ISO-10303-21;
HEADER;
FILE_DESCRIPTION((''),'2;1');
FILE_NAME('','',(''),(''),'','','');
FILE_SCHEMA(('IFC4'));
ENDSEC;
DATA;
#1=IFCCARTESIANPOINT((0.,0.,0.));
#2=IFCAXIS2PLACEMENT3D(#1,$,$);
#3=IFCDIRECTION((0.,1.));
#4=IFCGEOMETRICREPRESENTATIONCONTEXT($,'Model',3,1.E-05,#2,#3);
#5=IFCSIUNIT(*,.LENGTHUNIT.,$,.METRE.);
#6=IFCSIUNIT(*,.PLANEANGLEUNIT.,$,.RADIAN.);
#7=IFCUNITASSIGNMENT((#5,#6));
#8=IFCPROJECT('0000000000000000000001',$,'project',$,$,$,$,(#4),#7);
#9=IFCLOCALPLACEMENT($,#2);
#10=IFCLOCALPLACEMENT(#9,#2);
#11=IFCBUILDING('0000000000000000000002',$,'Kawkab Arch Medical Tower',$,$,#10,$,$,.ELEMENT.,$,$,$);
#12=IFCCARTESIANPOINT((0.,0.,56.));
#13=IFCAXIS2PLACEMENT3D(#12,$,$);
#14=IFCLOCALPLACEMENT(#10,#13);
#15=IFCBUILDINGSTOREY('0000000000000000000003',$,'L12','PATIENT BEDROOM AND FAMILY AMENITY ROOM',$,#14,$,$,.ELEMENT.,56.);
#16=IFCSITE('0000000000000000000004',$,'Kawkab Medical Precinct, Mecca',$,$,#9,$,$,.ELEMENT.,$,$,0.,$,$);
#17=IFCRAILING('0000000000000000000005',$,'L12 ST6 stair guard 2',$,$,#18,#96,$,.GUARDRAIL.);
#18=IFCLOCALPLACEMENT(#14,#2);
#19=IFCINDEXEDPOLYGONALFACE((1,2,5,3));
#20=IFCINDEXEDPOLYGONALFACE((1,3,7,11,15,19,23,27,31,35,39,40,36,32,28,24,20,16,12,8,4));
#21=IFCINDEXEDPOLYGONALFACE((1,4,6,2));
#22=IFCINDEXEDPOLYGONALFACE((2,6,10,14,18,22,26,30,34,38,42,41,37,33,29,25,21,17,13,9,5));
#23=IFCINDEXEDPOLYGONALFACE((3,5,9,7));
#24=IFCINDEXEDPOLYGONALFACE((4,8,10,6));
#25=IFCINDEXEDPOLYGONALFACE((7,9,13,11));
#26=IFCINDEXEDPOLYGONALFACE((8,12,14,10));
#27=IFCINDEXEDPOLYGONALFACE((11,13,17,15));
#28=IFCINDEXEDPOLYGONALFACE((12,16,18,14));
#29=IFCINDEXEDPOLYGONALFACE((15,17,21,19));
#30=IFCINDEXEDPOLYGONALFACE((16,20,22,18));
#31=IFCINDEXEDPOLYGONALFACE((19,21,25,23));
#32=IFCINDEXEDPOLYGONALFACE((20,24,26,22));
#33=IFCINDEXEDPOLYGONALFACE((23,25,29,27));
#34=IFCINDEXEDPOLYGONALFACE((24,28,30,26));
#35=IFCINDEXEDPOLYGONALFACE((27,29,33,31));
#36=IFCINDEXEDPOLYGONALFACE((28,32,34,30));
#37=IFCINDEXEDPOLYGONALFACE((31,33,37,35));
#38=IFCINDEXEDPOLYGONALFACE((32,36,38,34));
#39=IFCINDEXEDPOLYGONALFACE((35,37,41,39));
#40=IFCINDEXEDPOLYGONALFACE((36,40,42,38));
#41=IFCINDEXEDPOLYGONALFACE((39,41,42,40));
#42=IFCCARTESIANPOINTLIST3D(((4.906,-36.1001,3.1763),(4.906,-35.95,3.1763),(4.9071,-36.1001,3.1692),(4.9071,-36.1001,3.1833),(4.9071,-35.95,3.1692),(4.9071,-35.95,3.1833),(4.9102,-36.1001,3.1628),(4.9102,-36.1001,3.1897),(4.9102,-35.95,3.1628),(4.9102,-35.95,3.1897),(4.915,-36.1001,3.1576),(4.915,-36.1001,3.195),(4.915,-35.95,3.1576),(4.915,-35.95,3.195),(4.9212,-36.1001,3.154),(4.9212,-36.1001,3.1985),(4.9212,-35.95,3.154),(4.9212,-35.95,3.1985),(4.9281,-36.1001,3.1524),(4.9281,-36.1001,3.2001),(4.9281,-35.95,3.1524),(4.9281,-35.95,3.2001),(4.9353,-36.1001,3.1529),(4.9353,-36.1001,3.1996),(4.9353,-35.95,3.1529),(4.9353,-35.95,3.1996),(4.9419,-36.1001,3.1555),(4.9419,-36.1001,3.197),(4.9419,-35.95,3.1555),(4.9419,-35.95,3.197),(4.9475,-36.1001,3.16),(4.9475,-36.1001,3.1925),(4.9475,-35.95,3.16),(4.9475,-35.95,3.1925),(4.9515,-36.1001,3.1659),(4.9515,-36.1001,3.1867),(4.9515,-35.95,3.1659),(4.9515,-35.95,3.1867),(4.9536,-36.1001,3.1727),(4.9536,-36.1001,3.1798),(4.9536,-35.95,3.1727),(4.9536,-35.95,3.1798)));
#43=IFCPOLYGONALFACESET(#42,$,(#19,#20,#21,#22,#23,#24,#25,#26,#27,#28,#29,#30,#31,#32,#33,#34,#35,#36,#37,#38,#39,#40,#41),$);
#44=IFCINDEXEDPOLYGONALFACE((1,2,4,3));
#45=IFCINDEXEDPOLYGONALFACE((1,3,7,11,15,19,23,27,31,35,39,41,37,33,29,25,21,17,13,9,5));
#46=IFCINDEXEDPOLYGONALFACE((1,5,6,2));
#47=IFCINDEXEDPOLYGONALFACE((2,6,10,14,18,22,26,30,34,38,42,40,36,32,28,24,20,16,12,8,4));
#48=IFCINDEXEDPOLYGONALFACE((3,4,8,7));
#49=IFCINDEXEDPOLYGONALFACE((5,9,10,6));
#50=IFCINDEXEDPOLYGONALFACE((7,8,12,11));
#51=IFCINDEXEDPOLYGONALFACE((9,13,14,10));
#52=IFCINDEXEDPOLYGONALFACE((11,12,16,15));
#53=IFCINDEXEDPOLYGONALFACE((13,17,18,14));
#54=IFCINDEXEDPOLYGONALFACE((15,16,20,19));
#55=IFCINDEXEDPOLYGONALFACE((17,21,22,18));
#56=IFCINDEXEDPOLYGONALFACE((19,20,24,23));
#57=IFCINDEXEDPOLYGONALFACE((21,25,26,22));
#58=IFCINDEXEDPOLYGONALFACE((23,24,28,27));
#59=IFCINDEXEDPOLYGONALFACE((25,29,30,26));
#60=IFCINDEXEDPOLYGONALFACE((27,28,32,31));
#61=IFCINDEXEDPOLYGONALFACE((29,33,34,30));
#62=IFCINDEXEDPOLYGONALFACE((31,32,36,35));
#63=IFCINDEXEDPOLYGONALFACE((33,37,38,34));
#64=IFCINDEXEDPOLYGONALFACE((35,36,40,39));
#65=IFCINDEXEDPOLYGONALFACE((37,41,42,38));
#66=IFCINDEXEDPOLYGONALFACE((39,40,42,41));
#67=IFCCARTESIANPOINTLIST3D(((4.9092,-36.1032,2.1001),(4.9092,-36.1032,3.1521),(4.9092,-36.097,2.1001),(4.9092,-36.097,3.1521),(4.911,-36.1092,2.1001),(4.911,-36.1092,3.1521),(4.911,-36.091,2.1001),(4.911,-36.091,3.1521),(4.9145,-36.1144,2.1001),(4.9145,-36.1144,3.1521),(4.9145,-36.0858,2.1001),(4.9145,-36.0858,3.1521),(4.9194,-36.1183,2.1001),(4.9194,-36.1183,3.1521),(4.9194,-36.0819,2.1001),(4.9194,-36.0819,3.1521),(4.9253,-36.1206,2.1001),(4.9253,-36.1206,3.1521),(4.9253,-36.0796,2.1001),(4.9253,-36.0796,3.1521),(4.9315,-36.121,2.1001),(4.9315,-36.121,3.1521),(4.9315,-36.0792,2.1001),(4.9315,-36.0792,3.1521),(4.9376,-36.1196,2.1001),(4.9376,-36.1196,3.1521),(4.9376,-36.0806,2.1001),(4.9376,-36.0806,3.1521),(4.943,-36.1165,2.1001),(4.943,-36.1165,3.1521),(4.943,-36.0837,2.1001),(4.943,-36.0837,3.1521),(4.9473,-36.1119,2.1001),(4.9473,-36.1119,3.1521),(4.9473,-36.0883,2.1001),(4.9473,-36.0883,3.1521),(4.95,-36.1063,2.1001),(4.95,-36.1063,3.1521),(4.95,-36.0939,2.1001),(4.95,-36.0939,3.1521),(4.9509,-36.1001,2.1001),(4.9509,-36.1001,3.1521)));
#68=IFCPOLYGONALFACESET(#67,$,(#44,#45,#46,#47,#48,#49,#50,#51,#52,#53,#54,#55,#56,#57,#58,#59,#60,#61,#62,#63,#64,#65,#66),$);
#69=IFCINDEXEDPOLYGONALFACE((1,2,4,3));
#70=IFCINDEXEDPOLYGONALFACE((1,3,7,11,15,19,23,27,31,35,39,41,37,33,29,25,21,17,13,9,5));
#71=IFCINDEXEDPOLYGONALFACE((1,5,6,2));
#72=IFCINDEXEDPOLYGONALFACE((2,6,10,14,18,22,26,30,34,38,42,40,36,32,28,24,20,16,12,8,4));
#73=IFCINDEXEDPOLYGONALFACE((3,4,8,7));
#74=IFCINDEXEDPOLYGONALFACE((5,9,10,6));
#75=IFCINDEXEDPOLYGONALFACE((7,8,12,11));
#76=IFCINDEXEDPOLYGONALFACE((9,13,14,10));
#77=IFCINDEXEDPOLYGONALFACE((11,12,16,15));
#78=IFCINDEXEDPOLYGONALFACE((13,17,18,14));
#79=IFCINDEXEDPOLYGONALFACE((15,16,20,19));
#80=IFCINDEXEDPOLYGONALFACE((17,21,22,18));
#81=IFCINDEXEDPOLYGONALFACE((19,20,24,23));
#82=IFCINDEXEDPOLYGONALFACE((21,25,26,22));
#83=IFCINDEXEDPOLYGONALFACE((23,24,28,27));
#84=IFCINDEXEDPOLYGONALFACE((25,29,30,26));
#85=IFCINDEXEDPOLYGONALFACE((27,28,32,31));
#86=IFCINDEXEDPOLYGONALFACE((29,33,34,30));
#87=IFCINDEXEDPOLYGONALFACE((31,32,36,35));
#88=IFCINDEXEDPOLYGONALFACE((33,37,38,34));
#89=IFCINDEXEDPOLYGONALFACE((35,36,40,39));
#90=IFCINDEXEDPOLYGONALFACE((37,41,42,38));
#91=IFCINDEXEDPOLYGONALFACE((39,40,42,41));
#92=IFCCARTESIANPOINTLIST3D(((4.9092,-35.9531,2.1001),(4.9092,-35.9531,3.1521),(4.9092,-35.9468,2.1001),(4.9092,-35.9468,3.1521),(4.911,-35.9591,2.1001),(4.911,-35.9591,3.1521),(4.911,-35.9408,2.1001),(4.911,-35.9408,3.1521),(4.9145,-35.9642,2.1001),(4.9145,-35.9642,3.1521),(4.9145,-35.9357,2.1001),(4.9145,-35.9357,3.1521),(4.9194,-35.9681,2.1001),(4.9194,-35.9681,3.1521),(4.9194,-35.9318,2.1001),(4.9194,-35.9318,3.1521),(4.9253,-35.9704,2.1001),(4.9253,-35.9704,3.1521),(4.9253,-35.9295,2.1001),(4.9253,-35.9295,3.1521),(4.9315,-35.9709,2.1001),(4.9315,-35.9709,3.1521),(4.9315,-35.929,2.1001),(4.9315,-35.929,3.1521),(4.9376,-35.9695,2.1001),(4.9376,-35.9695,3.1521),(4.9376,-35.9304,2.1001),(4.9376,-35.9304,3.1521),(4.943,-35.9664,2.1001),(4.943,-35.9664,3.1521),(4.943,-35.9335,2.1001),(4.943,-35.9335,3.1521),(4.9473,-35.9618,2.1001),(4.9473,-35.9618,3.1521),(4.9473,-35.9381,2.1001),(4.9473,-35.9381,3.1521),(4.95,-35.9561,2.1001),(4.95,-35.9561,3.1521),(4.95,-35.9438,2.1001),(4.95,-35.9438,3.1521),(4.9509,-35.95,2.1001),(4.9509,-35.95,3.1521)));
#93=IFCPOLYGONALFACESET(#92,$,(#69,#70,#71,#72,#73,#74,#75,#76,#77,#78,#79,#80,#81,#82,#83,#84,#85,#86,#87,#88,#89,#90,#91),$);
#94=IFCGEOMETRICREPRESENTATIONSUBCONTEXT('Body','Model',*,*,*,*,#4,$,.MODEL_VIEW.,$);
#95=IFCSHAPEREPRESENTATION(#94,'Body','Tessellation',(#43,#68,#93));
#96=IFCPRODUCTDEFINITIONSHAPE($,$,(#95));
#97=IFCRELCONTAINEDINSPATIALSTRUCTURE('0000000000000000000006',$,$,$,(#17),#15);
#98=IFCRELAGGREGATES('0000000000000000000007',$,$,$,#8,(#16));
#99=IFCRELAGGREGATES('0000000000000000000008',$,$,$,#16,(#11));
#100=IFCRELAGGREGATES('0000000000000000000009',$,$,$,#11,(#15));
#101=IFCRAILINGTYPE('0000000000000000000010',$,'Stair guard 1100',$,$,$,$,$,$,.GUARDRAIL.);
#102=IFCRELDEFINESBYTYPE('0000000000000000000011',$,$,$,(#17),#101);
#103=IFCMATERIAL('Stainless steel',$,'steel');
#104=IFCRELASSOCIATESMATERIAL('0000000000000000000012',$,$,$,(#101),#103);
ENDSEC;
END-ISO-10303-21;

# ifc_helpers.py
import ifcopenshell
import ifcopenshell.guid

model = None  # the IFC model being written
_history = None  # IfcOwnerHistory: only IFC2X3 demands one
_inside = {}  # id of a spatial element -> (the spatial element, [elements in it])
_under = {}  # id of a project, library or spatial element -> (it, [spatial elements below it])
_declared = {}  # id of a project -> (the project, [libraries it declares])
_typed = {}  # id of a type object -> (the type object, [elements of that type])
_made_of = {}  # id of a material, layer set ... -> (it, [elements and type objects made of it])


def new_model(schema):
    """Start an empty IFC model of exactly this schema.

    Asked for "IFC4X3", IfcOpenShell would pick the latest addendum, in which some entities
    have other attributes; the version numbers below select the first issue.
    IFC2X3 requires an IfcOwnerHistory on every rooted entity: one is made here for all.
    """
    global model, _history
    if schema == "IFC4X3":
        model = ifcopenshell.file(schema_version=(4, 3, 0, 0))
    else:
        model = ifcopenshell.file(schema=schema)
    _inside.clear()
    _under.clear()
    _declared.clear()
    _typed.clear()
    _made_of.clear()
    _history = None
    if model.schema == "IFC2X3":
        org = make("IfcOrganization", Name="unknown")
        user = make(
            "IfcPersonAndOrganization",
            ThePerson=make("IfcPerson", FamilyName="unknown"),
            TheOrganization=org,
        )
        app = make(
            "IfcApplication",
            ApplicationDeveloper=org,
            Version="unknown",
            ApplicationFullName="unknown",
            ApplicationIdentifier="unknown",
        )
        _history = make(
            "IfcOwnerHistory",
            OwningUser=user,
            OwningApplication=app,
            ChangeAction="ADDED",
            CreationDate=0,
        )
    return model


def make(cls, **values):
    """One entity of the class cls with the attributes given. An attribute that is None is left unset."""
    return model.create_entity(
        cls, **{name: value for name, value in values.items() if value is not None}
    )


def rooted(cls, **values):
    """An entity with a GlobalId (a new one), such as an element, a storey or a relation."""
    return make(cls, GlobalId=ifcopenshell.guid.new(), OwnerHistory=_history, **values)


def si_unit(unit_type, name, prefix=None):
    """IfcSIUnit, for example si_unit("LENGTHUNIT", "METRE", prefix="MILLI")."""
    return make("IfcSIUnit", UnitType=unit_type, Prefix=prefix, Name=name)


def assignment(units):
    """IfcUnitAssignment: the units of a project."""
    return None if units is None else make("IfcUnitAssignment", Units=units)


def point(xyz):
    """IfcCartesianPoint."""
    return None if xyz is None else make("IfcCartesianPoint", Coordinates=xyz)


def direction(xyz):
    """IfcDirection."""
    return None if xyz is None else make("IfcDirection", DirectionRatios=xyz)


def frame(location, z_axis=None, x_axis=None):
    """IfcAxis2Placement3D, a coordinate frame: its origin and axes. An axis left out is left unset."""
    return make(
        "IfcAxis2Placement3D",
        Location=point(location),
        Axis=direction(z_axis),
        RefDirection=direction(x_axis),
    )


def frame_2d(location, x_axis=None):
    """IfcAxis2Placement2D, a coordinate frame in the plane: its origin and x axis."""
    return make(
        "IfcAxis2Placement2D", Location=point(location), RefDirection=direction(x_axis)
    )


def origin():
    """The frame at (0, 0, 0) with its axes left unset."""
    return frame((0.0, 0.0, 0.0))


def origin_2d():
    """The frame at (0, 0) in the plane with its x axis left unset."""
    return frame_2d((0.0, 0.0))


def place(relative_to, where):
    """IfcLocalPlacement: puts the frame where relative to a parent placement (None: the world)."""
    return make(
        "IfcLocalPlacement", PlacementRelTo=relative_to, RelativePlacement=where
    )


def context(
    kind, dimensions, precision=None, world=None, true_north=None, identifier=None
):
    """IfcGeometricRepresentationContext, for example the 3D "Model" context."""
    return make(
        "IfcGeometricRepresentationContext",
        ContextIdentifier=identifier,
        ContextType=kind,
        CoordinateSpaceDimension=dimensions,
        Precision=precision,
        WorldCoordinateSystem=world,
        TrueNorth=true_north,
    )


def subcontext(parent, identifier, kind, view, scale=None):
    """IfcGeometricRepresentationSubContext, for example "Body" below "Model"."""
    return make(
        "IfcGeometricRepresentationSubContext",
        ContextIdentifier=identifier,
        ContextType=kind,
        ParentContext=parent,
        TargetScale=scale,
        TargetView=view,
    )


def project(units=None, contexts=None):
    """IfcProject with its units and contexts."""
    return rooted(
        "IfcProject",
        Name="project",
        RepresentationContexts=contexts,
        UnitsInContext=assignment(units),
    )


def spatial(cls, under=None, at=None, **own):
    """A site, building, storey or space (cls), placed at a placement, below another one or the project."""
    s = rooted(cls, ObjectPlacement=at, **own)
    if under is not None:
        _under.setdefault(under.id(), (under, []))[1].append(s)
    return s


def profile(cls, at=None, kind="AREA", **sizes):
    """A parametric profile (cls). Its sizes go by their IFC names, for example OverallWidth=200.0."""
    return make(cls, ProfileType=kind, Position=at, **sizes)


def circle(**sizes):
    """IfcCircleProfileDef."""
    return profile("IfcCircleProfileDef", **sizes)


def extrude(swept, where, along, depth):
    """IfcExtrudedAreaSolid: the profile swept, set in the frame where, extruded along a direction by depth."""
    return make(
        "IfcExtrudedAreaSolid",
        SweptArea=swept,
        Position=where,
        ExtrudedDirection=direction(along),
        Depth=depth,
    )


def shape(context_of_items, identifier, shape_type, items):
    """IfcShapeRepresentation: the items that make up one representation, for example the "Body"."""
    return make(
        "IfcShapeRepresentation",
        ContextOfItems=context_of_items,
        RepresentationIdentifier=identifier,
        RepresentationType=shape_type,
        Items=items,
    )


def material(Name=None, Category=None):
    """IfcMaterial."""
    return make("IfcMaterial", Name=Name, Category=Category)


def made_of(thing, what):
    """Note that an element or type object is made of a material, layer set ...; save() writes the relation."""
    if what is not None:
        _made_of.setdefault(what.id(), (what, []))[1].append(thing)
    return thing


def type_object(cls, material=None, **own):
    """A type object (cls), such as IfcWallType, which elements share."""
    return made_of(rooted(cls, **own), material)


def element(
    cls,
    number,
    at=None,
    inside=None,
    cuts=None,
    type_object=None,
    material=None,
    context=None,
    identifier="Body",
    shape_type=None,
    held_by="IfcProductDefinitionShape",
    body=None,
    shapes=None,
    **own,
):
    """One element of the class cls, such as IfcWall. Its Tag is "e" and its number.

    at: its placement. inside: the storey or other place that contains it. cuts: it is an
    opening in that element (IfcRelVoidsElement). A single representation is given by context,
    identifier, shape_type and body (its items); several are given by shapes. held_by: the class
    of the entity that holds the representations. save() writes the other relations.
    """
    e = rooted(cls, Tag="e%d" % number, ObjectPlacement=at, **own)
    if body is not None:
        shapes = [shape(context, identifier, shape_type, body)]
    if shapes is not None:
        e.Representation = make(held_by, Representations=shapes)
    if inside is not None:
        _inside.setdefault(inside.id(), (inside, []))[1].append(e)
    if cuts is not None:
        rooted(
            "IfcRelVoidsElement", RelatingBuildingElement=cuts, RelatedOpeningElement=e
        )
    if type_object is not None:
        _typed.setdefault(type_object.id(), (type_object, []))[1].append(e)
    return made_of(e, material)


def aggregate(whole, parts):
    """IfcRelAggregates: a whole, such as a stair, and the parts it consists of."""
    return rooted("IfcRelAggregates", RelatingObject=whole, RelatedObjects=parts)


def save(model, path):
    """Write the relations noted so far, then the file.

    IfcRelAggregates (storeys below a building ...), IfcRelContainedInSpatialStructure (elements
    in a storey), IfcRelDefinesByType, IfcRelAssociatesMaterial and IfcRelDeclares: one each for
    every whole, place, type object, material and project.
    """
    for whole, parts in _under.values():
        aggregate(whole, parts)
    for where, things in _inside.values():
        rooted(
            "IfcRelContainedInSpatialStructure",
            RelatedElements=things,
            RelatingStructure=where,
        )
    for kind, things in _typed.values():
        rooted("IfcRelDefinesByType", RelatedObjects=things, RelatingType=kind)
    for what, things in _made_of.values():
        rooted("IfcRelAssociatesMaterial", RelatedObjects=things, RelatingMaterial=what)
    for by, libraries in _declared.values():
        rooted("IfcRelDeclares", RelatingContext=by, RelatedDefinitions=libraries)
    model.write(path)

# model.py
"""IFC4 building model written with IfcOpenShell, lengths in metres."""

from ifc_helpers import new_model, si_unit, direction, frame, origin, origin_2d, place, context, subcontext, project, spatial, circle, extrude, material, type_object, element, save


model = new_model("IFC4")

# Units and contexts
model_context = context("Model", 3, precision=1e-05, world=origin(), true_north=direction((0.0, 1.0)))
body_context = subcontext(model_context, "Body", "Model", "MODEL_VIEW")
ifc_project = project(units=[si_unit("LENGTHUNIT", "METRE"), si_unit("PLANEANGLEUNIT", "RADIAN")], contexts=[model_context])

# Site, building, storey
site_placement = place(None, origin())
site = spatial("IfcSite", under=ifc_project, at=site_placement, Name="Kawkab Medical Precinct, Mecca", CompositionType="ELEMENT", RefElevation=0.0)
building_placement = place(site_placement, origin())
building = spatial("IfcBuilding", under=site, at=building_placement, Name="Kawkab Arch Medical Tower", CompositionType="ELEMENT")
storey_placement = place(building_placement, frame((0.0, 0.0, 56.0)))
storey = spatial("IfcBuildingStorey", under=building, at=storey_placement, Name="L12", Description="PATIENT BEDROOM AND FAMILY AMENITY ROOM", CompositionType="ELEMENT", Elevation=56.0)

# Railing
ifc_material_1 = material(Name="Stainless steel", Category="steel")
railing_type = type_object("IfcRailingType", Name="Stair guard 1100", PredefinedType="GUARDRAIL", material=ifc_material_1)
railing_1_placement = place(storey_placement, frame((4.9299, -36.1001, 2.1001)))
element("IfcRailing", 1, at=railing_1_placement, inside=storey, type_object=railing_type, Name="L12 ST6 stair guard 2", PredefinedType="GUARDRAIL", context=body_context, shape_type="SweptSolid", body=[
    extrude(circle(Radius=0.0239, at=origin_2d()), frame((0.0, 0.0, 1.0762), z_axis=(0.0, 1.0, 0.0), x_axis=(-1.0, 0.0, 0.0)), (0.0, 0.0, 1.0), 0.1501),
    extrude(circle(Radius=0.021, at=origin_2d()), origin(), (0.0, 0.0, 1.0), 1.052),
    extrude(circle(Radius=0.021, at=origin_2d()), frame((0.0, 0.1501, 0.0)), (0.0, 0.0, 1.0), 1.052),
])

save(model, "model.ifc")
